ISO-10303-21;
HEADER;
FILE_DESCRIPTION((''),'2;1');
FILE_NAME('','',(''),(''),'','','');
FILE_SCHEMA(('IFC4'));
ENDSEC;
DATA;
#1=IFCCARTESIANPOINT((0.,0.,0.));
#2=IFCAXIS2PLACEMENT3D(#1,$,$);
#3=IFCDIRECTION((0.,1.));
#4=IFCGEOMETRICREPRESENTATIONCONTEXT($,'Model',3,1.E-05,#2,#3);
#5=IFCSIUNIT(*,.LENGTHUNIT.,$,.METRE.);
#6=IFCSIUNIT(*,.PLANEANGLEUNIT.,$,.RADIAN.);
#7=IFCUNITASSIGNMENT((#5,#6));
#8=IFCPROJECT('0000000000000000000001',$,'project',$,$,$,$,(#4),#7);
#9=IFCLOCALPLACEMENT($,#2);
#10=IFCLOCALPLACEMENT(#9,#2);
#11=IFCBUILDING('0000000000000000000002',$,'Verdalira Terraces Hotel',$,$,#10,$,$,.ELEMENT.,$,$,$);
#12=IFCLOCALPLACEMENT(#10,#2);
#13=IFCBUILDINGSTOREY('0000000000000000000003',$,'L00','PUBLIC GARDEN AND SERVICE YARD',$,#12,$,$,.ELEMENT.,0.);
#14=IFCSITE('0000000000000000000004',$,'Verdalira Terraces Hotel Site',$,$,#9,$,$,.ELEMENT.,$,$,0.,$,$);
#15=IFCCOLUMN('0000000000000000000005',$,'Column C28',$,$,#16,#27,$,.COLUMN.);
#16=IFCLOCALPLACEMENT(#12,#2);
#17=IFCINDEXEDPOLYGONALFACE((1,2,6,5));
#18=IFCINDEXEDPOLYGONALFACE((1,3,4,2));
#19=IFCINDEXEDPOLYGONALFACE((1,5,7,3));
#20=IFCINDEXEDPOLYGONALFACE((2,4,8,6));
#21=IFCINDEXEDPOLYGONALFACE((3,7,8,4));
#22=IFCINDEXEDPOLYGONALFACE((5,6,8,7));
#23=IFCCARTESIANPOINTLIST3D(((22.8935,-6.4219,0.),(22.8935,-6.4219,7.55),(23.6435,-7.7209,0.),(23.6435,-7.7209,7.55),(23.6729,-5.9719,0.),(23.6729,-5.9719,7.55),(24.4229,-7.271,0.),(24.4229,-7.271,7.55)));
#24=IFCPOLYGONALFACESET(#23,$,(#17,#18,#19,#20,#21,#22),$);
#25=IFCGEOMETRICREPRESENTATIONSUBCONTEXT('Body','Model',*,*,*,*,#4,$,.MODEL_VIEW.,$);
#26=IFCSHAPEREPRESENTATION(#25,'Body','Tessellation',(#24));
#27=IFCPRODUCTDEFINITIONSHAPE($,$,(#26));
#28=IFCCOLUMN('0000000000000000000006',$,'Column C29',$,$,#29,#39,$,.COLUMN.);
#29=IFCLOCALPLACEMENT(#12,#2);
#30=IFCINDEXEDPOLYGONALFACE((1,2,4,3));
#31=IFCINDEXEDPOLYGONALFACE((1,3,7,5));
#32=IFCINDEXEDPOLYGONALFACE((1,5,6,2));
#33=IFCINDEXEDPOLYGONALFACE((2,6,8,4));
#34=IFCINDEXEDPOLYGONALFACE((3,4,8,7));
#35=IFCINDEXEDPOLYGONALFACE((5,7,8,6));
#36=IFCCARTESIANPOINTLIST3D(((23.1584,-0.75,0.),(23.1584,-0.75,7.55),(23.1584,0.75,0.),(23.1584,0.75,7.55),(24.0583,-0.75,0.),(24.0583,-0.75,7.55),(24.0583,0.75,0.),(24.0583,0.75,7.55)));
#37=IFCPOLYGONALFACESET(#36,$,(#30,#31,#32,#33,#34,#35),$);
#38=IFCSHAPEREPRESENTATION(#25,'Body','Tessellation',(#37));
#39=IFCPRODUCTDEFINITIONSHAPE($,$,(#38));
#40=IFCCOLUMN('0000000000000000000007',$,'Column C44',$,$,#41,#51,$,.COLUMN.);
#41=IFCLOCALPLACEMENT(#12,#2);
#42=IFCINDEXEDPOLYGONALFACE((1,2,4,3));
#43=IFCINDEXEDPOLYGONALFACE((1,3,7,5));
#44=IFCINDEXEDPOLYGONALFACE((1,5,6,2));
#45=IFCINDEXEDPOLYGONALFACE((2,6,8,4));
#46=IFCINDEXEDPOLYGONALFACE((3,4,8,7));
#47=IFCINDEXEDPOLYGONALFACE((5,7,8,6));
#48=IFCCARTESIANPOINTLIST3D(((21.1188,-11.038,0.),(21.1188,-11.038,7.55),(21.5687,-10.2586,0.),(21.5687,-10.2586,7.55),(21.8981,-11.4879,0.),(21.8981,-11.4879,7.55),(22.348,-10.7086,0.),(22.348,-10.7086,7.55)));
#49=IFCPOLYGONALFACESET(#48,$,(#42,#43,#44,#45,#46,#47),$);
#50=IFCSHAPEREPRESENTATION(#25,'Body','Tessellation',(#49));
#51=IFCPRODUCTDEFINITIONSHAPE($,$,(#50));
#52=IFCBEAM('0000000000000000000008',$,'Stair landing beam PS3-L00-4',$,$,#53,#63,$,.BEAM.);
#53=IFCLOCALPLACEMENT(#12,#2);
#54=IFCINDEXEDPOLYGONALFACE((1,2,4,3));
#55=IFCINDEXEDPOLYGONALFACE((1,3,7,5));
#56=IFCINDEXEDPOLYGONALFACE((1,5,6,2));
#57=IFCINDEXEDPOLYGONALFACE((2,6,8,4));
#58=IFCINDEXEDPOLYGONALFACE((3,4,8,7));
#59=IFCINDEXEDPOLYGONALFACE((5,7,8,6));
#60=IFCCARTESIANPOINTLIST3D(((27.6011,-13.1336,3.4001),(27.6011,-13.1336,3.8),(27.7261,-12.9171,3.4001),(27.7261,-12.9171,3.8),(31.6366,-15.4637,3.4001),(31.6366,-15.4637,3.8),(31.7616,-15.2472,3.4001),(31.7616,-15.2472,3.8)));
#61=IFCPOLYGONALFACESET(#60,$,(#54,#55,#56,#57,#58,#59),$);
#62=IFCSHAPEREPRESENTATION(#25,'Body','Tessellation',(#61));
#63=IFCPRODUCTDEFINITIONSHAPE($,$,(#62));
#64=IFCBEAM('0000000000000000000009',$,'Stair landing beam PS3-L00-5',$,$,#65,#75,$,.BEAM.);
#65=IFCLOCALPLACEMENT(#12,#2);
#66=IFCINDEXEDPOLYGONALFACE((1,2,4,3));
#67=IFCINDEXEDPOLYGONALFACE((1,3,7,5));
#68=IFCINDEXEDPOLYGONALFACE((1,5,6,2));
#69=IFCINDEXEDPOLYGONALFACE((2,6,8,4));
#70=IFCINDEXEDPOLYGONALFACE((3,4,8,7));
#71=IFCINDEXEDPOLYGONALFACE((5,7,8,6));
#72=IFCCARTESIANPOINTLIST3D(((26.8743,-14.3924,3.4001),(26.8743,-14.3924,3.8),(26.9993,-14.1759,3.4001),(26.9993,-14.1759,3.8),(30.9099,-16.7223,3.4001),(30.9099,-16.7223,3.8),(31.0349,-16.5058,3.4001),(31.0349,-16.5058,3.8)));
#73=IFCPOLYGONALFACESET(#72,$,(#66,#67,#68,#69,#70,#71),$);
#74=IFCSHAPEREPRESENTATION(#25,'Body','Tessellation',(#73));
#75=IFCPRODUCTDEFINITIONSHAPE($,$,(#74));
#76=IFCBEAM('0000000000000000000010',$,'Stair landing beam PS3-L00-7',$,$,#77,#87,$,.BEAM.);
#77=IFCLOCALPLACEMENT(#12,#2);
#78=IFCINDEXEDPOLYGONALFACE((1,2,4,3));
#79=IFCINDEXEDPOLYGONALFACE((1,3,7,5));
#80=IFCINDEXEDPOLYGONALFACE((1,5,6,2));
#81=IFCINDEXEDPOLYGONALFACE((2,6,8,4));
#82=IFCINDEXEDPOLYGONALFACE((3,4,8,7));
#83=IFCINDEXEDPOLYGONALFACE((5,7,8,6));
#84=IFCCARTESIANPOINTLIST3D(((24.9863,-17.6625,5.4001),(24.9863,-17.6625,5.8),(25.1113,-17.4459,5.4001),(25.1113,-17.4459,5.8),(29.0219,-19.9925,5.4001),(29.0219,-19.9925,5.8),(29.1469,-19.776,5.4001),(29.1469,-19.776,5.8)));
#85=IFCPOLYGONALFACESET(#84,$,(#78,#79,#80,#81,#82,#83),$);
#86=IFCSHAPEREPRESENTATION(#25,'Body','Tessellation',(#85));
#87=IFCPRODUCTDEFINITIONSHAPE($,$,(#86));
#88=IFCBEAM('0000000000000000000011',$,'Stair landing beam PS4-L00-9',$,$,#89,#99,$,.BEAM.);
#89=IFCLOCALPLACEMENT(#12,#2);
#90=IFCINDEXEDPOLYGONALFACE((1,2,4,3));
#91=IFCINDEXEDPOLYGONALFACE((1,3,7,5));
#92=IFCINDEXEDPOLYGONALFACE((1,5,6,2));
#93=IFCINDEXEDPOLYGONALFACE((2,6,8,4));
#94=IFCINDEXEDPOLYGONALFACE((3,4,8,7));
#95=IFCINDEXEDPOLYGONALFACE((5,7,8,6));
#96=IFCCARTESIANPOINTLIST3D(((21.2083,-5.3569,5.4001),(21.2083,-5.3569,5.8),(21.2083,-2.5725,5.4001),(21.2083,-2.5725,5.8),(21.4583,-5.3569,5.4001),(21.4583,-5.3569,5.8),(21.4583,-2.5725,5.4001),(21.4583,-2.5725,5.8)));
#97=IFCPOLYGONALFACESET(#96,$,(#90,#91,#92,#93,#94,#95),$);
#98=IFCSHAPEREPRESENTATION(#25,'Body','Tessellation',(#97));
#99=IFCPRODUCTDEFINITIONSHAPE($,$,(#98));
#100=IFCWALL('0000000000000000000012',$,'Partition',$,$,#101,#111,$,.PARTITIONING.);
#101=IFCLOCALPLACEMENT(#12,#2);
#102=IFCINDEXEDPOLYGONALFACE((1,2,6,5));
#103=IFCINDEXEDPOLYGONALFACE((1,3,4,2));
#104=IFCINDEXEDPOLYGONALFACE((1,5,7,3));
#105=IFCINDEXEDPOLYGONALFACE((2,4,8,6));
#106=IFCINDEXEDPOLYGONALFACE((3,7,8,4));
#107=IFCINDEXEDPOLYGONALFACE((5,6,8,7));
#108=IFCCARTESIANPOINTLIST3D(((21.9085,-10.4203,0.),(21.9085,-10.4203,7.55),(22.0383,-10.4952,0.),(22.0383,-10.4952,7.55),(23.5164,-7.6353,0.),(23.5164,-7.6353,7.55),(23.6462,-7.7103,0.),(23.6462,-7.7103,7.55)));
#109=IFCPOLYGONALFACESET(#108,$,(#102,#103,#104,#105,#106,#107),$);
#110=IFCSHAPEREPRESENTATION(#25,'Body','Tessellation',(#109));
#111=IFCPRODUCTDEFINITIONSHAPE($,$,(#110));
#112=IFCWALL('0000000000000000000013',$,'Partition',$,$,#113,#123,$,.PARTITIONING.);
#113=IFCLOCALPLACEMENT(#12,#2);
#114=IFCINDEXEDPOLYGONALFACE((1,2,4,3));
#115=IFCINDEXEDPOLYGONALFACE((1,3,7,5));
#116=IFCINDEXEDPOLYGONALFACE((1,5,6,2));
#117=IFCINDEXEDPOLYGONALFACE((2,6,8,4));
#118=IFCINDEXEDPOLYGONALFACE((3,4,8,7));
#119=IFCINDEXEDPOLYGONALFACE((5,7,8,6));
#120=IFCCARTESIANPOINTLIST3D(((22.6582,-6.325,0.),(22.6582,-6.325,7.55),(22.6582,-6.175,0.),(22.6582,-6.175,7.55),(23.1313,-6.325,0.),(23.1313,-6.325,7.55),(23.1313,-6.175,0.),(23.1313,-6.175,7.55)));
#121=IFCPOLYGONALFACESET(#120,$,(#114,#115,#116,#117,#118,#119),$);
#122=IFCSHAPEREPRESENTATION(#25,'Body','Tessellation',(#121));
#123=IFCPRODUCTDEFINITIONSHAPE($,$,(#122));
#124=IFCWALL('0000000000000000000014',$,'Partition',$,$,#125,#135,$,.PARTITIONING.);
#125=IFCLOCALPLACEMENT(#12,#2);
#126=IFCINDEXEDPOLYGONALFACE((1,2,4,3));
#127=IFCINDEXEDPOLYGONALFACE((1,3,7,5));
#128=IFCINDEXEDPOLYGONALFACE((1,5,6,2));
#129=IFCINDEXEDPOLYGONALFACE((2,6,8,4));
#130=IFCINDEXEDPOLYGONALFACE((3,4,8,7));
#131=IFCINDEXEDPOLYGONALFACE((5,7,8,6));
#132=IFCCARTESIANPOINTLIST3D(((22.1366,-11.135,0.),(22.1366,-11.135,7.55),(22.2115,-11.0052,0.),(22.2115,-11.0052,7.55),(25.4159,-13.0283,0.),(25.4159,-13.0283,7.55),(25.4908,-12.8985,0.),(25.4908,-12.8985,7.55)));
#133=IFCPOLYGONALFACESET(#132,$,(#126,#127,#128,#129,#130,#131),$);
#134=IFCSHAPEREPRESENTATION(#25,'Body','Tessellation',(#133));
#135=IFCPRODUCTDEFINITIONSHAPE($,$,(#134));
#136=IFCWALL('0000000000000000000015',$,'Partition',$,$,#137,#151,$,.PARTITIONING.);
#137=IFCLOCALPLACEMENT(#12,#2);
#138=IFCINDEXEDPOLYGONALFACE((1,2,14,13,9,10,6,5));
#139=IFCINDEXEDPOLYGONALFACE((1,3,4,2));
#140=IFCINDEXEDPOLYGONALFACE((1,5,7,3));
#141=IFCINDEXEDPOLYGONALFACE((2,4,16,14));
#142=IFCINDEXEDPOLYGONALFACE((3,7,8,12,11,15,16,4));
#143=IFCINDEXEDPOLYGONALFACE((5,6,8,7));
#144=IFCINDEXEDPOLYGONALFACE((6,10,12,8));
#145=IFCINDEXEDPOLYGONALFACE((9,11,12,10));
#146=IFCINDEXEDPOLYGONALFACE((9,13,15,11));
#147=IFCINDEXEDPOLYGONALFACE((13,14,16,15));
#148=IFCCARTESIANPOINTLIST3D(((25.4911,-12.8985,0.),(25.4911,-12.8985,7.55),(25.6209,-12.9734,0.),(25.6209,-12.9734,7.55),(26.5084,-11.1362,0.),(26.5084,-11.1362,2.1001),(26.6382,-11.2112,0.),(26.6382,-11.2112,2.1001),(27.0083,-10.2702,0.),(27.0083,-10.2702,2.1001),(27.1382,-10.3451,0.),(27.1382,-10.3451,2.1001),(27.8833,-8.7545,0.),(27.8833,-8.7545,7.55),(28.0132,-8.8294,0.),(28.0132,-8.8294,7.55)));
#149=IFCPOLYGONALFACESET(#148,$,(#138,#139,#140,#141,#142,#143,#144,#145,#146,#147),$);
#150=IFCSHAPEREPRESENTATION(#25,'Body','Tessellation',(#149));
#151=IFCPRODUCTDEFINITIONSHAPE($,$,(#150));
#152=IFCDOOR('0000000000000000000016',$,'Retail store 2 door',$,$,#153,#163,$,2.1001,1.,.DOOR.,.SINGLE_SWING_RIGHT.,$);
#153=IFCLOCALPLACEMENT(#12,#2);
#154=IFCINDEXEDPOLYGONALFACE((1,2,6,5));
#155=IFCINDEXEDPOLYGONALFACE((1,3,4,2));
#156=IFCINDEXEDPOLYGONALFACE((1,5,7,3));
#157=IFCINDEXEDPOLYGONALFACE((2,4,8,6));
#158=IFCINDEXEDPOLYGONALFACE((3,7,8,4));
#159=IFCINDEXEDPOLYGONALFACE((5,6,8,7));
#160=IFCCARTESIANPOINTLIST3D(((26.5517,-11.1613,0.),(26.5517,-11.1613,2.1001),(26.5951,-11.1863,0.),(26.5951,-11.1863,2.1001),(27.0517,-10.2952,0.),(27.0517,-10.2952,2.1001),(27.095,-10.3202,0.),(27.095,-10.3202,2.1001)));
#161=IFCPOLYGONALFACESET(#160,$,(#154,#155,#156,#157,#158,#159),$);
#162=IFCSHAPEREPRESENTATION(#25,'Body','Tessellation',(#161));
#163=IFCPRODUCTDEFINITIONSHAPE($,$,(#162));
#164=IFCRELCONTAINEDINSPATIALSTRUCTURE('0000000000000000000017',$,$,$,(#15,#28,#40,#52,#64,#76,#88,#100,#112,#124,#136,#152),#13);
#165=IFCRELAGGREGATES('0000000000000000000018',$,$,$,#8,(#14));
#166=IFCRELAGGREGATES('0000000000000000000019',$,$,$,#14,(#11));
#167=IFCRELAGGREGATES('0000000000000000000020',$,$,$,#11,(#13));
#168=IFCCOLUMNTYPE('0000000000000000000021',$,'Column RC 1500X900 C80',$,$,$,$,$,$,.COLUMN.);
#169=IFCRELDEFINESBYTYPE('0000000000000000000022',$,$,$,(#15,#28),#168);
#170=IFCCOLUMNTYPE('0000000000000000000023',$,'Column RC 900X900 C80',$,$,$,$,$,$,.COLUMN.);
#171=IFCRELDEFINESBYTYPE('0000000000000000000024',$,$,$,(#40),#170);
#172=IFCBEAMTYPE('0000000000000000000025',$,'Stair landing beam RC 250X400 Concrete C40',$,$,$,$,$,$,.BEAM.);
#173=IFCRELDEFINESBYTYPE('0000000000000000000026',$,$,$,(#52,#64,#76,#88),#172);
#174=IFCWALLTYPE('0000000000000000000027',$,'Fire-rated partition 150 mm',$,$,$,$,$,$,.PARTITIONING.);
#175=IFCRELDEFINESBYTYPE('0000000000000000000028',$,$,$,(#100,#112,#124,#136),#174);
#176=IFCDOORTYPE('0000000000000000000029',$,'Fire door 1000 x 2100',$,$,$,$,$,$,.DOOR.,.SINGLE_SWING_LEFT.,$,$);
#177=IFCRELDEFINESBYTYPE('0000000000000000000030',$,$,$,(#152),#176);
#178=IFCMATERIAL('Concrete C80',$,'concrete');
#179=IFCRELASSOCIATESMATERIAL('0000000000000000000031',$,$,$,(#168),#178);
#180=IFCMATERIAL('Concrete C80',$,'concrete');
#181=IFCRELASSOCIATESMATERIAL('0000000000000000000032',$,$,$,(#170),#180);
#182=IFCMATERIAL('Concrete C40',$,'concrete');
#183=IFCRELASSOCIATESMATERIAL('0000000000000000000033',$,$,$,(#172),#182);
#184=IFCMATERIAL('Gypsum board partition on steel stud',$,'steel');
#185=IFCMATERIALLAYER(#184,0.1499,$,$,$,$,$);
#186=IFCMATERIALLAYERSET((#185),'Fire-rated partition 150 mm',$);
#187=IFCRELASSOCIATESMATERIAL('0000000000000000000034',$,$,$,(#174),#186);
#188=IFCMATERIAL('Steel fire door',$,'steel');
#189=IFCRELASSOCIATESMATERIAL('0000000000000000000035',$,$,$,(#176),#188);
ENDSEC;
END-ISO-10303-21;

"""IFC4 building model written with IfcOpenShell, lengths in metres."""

from ifc_helpers import new_model, si_unit, direction, frame, frame_2d, origin, origin_2d, place, context, subcontext, project, spatial, rectangle, extrude, material, layer, layer_set, material_profile, profile_set, type_object, element, fill, save


model = new_model("IFC4")

# Units and contexts
model_context = context("Model", 3, precision=1e-05, world=origin(), true_north=direction((0.0, 1.0)))
body_context = subcontext(model_context, "Body", "Model", "MODEL_VIEW")
ifc_project = project(units=[si_unit("LENGTHUNIT", "METRE"), si_unit("PLANEANGLEUNIT", "RADIAN")], contexts=[model_context])

# Site, building, storey
site_placement = place(None, origin())
site = spatial("IfcSite", under=ifc_project, at=site_placement, Name="Verdalira Terraces Hotel Site", CompositionType="ELEMENT", RefElevation=0.0)
building_placement = place(site_placement, origin())
building = spatial("IfcBuilding", under=site, at=building_placement, Name="Verdalira Terraces Hotel", CompositionType="ELEMENT")
storey_placement = place(building_placement, origin())
storey = spatial("IfcBuildingStorey", under=building, at=storey_placement, Name="L00", Description="PUBLIC GARDEN AND SERVICE YARD", CompositionType="ELEMENT", Elevation=0.0)

# Columns
ifc_material_1 = material(Name="Concrete C80", Category="concrete")
ifc_material_profile_1 = material_profile(ifc_material_1, rectangle(XDim=1.5, YDim=0.8999, at=origin_2d()), Name="RC 1500X900")
ifc_profile_set_1 = profile_set([ifc_material_profile_1], Name="Concrete C80")
column_type_1 = type_object("IfcColumnType", Name="Column RC 1500X900 C80", PredefinedType="COLUMN", material=ifc_profile_set_1)
for number, where, z_axis, x_axis, name in (
    (1, (23.6582, -6.8464, 0.0), (0.0, 0.0, 1.0), (0.5, -0.866025, 0.0), "Column C28"),
    (2, (23.6084, 0.0, 0.0), (0.0, 0.0, 1.0), (0.0, 1.0, 0.0), "Column C29"),
):
    element("IfcColumn", number, at=place(storey_placement, frame(where, z_axis=z_axis, x_axis=x_axis)), inside=storey, type_object=column_type_1, Name=name, PredefinedType="COLUMN", context=body_context, shape_type="SweptSolid", body=[
        extrude(rectangle(XDim=1.5, YDim=0.8999, at=origin_2d()), origin(), (0.0, 0.0, 1.0), 7.55),
    ])
ifc_material_2 = material(Name="Concrete C80", Category="concrete")
ifc_material_profile_2 = material_profile(ifc_material_2, rectangle(XDim=0.8999, YDim=0.8999, at=origin_2d()), Name="RC 900X900")
ifc_profile_set_2 = profile_set([ifc_material_profile_2], Name="Concrete C80")
column_type_2 = type_object("IfcColumnType", Name="Column RC 900X900 C80", PredefinedType="COLUMN", material=ifc_profile_set_2)
column_placement = place(storey_placement, frame((21.7334, -10.8733, 0.0), z_axis=(0.0, 0.0, 1.0), x_axis=(0.866025, -0.5, 0.0)))
element("IfcColumn", 3, at=column_placement, inside=storey, type_object=column_type_2, Name="Column C44", PredefinedType="COLUMN", context=body_context, shape_type="SweptSolid", body=[
    extrude(rectangle(XDim=0.8999, YDim=0.8999, at=origin_2d()), origin(), (0.0, 0.0, 1.0), 7.55),
])

# Beams
ifc_material_3 = material(Name="Concrete C40", Category="concrete")
ifc_material_profile_3 = material_profile(ifc_material_3, rectangle(XDim=0.25, YDim=0.3999, at=origin_2d()), Name="RC 250X400")
ifc_profile_set_3 = profile_set([ifc_material_profile_3], Name="Concrete C40")
beam_type = type_object("IfcBeamType", Name="Stair landing beam RC 250X400 Concrete C40", PredefinedType="BEAM", material=ifc_profile_set_3)
for number, where, z_axis, x_axis, name in (
    (4, (27.6636, -13.0254, 3.6001), (0.866016, -0.500016, 0.0), (0.500016, 0.866016, 0.0), "Stair landing beam PS3-L00-4"),
    (5, (26.9368, -14.2842, 3.6001), (0.866039, -0.499976, 0.0), (0.499976, 0.866039, 0.0), "Stair landing beam PS3-L00-5"),
    (6, (25.0488, -17.5542, 5.6001), (0.866016, -0.500016, 0.0), (0.500016, 0.866016, 0.0), "Stair landing beam PS3-L00-7"),
):
    element("IfcBeam", number, at=place(storey_placement, frame(where, z_axis=z_axis, x_axis=x_axis)), inside=storey, type_object=beam_type, Name=name, PredefinedType="BEAM", context=body_context, shape_type="SweptSolid", body=[
        extrude(rectangle(XDim=0.25, YDim=0.3999, at=origin_2d()), origin(), (0.0, 0.0, 1.0), 4.6599),
    ])
beam_placement = place(storey_placement, frame((21.3333, -2.5725, 5.6001), z_axis=(0.0, -1.0, 0.0), x_axis=(1.0, 0.0, 0.0)))
element("IfcBeam", 7, at=beam_placement, inside=storey, type_object=beam_type, Name="Stair landing beam PS4-L00-9", PredefinedType="BEAM", context=body_context, shape_type="SweptSolid", body=[
    extrude(rectangle(XDim=0.25, YDim=0.3999, at=origin_2d()), origin(), (0.0, 0.0, 1.0), 2.7844),
])

# Walls
ifc_material_4 = material(Name="Gypsum board partition on steel stud", Category="steel")
ifc_layer_1 = layer(ifc_material_4, 0.1499)
ifc_layer_set_1 = layer_set([ifc_layer_1], Name="Fire-rated partition 150 mm")
wall_type_1 = type_object("IfcWallType", Name="Fire-rated partition 150 mm", PredefinedType="PARTITIONING", material=ifc_layer_set_1)
wall_1_placement = place(storey_placement, frame((21.9734, -10.4578, 0.0), z_axis=(0.0, 0.0, 1.0), x_axis=(0.500009, 0.86602, 0.0)))
element("IfcWall", 8, at=wall_1_placement, inside=storey, type_object=wall_type_1, Name="Partition", PredefinedType="PARTITIONING", context=body_context, shape_type="SweptSolid", body=[
    extrude(rectangle(XDim=3.2158, YDim=0.1499, at=frame_2d((1.6079, 0.0))), origin(), (0.0, 0.0, 1.0), 7.55),
])
wall_2_placement = place(storey_placement, frame((22.6582, -6.25, 0.0), z_axis=(0.0, 0.0, 1.0), x_axis=(1.0, 0.0, 0.0)))
element("IfcWall", 9, at=wall_2_placement, inside=storey, type_object=wall_type_1, Name="Partition", PredefinedType="PARTITIONING", context=body_context, shape_type="SweptSolid", body=[
    extrude(rectangle(XDim=0.4731, YDim=0.1499, at=frame_2d((0.2366, 0.0))), origin(), (0.0, 0.0, 1.0), 7.55),
])
wall_3_placement = place(storey_placement, frame((25.4534, -12.9634, 0.0), z_axis=(0.0, 0.0, 1.0), x_axis=(-0.866025, 0.500002, 0.0)))
element("IfcWall", 10, at=wall_3_placement, inside=storey, type_object=wall_type_1, Name="Partition", PredefinedType="PARTITIONING", context=body_context, shape_type="SweptSolid", body=[
    extrude(rectangle(XDim=3.7866, YDim=0.1499, at=frame_2d((1.8933, 0.0))), origin(), (0.0, 0.0, 1.0), 7.55),
])

# Wall, opening, door
wall_4_placement = place(storey_placement, frame((25.5559, -12.936, 0.0), z_axis=(0.0, 0.0, 1.0), x_axis=(0.499964, 0.866046, 0.0)))
wall_4 = element("IfcWall", 11, at=wall_4_placement, inside=storey, type_object=wall_type_1, Name="Partition", PredefinedType="PARTITIONING", context=body_context, shape_type="SweptSolid", body=[
    extrude(rectangle(XDim=4.7849, YDim=0.1499, at=frame_2d((2.3926, 0.0))), origin(), (0.0, 0.0, 1.0), 7.55),
])
opening_1_placement = place(wall_4_placement, frame((2.0349, 0.0, 0.0)))
opening_1 = element("IfcOpeningElement", 12, at=opening_1_placement, cuts=wall_4, PredefinedType="OPENING", context=body_context, shape_type="SweptSolid", body=[
    extrude(rectangle(XDim=1.0, YDim=2.1001, at=frame_2d((0.5, 1.05))), frame((0.0, 0.085, 0.0), z_axis=(0.0, -1.0, 0.0), x_axis=(1.0, 0.0, 0.0)), (0.0, 0.0, 1.0), 0.1699),
])
ifc_material_5 = material(Name="Steel fire door", Category="steel")
door_type_1 = type_object("IfcDoorType", Name="Fire door 1000 x 2100", OperationType="SINGLE_SWING_LEFT", PredefinedType="DOOR", material=ifc_material_5)
door_1_placement = place(opening_1_placement, origin())
door_1 = element("IfcDoor", 13, at=door_1_placement, inside=storey, type_object=door_type_1, Name="Retail store 2 door", OperationType="SINGLE_SWING_RIGHT", OverallHeight=2.1001, OverallWidth=1.0, PredefinedType="DOOR", context=body_context, shape_type="SweptSolid", body=[
    extrude(rectangle(XDim=1.0, YDim=2.1001, at=frame_2d((0.5, 1.05))), frame((0.0, 0.0249, 0.0), z_axis=(0.0, -1.0, 0.0), x_axis=(1.0, 0.0, 0.0)), (0.0, 0.0, 1.0), 0.05),
])
fill(opening_1, door_1)

save(model, "model.ifc")
